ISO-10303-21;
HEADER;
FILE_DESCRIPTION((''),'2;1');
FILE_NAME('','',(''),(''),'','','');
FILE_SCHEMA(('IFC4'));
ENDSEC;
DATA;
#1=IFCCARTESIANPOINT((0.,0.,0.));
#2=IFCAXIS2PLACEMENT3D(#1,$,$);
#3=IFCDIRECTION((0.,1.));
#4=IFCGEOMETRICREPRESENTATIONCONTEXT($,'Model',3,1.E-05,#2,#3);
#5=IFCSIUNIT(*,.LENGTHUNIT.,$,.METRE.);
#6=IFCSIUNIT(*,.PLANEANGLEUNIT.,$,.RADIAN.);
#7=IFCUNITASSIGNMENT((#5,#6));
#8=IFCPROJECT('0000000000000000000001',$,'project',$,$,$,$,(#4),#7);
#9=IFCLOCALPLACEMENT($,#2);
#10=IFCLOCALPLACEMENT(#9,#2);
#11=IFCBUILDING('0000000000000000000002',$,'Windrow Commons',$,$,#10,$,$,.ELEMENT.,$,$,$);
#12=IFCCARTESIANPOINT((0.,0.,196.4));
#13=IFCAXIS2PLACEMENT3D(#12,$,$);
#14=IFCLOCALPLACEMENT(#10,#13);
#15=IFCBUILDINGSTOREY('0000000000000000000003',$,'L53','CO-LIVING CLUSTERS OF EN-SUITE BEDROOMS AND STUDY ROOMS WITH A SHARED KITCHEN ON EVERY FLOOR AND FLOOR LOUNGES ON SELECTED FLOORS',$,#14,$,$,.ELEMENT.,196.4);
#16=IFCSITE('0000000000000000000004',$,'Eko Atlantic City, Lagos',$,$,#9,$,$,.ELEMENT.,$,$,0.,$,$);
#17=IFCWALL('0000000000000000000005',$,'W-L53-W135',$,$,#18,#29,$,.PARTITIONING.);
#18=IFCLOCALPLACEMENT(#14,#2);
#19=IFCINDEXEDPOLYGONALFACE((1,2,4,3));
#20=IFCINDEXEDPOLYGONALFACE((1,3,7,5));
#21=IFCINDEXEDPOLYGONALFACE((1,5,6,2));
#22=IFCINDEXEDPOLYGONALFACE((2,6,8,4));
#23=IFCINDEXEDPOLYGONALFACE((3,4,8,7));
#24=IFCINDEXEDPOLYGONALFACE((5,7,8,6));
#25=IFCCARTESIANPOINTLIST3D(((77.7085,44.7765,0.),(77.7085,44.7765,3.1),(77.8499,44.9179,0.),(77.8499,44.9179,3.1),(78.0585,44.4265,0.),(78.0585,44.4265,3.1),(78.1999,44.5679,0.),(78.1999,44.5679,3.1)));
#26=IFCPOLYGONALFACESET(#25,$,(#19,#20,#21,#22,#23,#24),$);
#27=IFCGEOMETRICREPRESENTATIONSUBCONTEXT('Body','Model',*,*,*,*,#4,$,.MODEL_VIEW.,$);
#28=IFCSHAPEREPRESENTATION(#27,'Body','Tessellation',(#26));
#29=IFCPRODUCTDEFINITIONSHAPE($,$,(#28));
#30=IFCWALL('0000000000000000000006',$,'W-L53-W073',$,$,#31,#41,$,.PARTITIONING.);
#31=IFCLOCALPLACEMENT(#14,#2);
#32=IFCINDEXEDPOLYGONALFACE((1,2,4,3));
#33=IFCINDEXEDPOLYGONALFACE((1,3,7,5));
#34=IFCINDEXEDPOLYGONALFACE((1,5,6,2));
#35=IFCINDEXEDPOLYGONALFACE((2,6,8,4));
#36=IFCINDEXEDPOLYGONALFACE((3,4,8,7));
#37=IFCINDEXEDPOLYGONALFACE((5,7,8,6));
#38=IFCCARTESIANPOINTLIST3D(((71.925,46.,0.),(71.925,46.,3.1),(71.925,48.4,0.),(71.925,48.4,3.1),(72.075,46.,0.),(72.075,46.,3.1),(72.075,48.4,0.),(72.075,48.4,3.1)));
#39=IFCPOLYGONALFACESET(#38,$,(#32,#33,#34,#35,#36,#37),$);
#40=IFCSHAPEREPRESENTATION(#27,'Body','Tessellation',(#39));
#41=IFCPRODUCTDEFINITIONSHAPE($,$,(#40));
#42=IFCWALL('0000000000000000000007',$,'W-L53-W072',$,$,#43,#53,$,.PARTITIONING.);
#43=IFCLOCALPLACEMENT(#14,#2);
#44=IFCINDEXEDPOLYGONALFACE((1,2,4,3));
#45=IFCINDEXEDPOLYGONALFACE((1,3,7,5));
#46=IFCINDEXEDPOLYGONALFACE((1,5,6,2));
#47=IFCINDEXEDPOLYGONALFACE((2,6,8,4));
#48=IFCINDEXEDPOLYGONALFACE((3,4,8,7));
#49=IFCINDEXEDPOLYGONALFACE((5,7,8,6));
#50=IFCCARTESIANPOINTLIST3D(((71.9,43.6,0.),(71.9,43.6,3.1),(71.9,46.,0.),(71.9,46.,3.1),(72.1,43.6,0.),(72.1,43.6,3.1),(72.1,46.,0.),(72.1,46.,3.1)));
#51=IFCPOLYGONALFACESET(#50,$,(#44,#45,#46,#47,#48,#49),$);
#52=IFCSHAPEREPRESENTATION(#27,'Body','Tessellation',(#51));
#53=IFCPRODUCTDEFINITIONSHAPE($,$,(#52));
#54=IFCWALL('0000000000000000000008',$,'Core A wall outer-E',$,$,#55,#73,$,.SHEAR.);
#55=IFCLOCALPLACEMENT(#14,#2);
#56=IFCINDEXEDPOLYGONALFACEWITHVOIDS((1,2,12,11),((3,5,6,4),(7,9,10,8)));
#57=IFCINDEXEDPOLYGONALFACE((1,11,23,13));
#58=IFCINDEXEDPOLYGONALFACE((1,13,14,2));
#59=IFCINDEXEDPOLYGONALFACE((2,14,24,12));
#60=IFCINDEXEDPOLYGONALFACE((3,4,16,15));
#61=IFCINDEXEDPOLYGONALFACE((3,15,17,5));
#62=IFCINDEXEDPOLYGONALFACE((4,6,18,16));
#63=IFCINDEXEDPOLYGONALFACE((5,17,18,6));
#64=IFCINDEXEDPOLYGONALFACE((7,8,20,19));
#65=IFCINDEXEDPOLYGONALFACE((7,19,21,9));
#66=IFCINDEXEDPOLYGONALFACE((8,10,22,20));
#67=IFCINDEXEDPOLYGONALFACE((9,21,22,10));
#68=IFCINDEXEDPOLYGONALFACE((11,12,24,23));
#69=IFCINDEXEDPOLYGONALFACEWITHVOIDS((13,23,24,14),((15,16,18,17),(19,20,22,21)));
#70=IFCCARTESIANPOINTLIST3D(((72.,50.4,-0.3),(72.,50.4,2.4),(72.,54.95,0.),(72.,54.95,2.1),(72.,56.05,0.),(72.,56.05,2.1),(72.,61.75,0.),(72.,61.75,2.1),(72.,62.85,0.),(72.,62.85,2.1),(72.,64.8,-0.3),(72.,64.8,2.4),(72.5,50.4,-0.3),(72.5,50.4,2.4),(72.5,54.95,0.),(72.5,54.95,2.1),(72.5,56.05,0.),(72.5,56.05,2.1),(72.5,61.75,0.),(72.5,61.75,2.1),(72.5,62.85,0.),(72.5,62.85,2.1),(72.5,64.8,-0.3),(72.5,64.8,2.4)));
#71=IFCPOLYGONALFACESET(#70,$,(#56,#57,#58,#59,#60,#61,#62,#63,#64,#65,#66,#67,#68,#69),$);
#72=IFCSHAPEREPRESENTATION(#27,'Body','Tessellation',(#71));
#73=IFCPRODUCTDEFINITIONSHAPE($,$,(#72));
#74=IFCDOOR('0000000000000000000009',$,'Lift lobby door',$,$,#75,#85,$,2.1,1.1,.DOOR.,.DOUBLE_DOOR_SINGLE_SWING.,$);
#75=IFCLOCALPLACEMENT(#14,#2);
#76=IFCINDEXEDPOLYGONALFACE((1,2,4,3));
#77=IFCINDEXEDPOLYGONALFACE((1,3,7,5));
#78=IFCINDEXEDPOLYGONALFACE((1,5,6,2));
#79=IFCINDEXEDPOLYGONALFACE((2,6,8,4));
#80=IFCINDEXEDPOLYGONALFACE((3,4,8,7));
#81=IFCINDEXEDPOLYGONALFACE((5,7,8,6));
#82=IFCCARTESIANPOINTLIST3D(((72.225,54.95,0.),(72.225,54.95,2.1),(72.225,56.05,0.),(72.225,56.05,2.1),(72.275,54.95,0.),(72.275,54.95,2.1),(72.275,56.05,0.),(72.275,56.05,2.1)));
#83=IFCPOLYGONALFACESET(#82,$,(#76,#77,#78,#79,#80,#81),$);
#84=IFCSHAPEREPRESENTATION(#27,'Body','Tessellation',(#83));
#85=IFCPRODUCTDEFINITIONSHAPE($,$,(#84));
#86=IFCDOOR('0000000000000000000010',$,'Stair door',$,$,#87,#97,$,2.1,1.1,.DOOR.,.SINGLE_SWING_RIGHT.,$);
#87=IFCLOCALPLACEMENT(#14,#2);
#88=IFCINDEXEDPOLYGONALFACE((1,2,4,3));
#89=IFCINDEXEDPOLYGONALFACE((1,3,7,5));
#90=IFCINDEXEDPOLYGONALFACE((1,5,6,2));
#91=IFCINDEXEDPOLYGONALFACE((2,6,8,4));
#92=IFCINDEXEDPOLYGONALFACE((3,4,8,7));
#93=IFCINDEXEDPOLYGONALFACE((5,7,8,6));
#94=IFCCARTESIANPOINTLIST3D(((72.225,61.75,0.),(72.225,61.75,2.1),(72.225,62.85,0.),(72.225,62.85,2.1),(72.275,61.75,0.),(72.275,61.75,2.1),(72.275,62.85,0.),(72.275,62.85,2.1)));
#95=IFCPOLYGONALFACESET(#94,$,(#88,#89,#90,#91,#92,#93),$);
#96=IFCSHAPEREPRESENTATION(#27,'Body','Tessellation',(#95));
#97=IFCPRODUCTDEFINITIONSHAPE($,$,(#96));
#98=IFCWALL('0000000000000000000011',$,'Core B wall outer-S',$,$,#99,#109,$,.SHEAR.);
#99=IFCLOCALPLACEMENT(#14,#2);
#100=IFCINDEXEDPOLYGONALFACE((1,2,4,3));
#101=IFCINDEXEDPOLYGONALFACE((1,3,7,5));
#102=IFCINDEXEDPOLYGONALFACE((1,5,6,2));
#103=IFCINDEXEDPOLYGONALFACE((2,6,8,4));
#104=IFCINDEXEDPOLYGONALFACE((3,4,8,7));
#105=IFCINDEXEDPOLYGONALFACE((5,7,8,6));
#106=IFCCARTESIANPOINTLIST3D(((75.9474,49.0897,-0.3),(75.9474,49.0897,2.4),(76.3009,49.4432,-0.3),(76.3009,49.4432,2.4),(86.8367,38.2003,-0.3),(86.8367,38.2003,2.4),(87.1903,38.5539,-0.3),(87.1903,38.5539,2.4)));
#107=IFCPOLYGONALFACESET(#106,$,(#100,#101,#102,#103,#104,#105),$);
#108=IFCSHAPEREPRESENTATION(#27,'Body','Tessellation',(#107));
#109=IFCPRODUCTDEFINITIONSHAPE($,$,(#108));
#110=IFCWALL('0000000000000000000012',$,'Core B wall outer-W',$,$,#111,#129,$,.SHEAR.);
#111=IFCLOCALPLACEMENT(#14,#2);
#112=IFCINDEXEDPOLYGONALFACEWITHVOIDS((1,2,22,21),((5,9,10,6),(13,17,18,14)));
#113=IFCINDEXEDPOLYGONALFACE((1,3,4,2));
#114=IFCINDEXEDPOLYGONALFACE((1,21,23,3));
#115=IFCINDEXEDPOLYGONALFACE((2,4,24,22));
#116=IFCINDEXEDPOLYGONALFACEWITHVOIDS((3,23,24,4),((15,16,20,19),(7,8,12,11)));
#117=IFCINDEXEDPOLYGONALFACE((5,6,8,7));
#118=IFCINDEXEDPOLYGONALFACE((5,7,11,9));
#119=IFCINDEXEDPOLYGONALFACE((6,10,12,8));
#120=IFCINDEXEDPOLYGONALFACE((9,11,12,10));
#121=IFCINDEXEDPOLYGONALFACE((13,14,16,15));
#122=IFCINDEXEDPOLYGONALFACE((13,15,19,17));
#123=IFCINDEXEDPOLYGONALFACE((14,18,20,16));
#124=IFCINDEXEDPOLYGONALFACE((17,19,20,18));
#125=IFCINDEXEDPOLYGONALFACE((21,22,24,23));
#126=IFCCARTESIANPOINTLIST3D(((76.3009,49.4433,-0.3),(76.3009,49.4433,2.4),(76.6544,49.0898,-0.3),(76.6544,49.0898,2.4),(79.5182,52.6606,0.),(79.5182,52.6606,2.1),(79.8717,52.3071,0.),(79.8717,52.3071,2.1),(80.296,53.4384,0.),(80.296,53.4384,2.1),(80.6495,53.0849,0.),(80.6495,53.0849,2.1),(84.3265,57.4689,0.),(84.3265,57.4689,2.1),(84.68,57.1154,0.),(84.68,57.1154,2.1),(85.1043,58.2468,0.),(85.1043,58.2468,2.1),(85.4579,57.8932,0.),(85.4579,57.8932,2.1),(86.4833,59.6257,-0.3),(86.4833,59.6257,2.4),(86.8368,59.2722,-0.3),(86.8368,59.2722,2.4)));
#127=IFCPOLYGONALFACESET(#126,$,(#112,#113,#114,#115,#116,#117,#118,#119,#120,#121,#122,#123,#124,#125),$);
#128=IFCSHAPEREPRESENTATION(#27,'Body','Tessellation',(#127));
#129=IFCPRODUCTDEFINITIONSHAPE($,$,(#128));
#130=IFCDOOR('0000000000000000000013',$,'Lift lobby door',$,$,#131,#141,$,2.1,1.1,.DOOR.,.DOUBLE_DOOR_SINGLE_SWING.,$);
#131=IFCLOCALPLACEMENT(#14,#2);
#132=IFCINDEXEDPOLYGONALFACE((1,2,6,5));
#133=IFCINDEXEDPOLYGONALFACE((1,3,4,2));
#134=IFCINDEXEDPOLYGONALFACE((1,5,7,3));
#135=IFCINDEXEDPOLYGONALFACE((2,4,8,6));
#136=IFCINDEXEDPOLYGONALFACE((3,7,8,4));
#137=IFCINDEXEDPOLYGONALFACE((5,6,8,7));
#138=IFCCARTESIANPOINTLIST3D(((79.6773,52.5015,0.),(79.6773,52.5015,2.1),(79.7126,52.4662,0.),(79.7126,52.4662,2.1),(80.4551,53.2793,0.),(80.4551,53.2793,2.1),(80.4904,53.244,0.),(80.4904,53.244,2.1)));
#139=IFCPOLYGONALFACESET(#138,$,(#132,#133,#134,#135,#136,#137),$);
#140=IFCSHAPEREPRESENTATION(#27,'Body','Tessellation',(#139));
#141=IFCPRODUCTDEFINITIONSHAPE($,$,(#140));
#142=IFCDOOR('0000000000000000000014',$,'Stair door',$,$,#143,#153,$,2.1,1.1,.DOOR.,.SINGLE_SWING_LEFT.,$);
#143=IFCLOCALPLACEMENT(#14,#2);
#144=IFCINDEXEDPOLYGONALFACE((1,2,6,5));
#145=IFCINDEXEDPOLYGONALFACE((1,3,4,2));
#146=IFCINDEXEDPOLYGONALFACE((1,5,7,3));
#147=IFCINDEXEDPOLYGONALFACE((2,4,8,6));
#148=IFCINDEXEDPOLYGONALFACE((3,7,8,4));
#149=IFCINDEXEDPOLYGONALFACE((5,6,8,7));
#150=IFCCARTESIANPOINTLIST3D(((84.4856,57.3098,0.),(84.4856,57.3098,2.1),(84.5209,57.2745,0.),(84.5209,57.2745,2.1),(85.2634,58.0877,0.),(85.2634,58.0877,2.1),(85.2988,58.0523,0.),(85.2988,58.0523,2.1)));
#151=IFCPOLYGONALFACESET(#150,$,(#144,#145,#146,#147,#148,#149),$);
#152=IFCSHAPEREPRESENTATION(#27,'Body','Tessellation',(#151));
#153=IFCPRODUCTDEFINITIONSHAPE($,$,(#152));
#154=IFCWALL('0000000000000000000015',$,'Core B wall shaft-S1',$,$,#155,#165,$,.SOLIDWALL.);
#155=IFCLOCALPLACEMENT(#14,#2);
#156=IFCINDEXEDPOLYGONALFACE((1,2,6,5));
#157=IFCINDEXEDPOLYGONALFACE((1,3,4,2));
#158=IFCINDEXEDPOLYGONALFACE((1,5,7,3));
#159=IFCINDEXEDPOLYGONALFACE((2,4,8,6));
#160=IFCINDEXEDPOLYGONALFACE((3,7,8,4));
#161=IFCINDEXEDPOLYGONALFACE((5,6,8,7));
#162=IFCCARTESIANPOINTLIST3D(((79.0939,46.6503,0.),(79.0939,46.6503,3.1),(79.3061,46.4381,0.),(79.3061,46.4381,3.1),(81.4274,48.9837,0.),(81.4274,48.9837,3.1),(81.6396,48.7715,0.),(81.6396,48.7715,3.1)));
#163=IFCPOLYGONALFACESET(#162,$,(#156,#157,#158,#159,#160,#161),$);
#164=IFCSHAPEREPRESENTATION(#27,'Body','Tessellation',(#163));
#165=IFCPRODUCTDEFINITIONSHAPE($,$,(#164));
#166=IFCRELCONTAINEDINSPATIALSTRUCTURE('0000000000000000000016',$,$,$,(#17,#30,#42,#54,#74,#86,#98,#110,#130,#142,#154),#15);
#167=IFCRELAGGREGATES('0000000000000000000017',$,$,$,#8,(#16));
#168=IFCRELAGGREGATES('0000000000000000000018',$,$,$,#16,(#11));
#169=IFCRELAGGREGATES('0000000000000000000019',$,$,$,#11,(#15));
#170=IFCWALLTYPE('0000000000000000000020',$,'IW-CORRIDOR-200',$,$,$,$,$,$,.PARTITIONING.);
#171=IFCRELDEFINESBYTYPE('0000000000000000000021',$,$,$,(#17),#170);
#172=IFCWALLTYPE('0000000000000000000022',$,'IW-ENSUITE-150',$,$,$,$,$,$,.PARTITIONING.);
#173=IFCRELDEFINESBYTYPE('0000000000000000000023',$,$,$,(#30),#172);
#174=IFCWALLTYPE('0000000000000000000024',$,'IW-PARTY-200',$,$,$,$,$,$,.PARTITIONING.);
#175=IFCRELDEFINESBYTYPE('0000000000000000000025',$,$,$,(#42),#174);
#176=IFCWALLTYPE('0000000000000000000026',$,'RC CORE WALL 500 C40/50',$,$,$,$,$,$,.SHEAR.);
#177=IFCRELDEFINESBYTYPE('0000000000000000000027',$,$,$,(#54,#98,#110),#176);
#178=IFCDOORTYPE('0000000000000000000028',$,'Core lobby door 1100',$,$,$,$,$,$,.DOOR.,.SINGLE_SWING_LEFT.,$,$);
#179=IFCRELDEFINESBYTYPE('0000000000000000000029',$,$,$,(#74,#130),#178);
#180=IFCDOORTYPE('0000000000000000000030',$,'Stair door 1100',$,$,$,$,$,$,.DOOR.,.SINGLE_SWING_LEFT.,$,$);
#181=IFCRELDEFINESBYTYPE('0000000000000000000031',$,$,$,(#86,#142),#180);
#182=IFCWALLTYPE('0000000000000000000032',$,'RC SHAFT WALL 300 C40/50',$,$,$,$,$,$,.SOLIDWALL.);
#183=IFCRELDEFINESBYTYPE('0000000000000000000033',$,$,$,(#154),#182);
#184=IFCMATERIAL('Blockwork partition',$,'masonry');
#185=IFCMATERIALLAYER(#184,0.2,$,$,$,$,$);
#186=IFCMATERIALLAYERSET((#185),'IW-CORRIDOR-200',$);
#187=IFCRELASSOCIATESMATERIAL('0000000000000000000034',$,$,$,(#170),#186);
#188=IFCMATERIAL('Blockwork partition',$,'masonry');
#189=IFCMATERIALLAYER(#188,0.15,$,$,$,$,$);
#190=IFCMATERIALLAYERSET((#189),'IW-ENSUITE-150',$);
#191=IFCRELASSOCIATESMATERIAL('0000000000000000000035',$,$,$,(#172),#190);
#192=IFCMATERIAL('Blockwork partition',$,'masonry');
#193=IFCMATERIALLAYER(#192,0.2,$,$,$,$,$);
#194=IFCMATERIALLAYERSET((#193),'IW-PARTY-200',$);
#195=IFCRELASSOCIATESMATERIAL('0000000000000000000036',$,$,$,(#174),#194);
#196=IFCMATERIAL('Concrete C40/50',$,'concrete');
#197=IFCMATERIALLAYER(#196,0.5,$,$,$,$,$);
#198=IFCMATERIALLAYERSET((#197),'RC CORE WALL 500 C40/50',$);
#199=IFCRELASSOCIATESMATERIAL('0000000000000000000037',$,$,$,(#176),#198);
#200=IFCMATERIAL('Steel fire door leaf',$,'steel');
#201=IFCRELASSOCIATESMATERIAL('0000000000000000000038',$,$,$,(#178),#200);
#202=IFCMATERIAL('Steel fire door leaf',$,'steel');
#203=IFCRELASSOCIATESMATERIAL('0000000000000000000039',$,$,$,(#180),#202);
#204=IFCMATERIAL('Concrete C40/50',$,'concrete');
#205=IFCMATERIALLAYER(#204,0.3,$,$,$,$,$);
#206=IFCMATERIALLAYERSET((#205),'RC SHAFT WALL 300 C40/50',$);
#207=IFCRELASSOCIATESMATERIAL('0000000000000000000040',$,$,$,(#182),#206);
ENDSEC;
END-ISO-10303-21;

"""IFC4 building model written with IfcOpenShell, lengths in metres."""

from ifc_helpers import new_model, si_unit, direction, frame, frame_2d, origin, place, context, subcontext, project, spatial, rectangle, extrude, material, layer, layer_set, type_object, element, fill, save


model = new_model("IFC4")

# Units and contexts
model_context = context("Model", 3, precision=1e-05, world=origin(), true_north=direction((0.0, 1.0)))
body_context = subcontext(model_context, "Body", "Model", "MODEL_VIEW")
ifc_project = project(units=[si_unit("LENGTHUNIT", "METRE"), si_unit("PLANEANGLEUNIT", "RADIAN")], contexts=[model_context])

# Site, building, storey
site_placement = place(None, origin())
site = spatial("IfcSite", under=ifc_project, at=site_placement, Name="Eko Atlantic City, Lagos", CompositionType="ELEMENT", RefElevation=0.0)
building_placement = place(site_placement, origin())
building = spatial("IfcBuilding", under=site, at=building_placement, Name="Windrow Commons", CompositionType="ELEMENT")
storey_placement = place(building_placement, frame((0.0, 0.0, 196.4)))
storey = spatial("IfcBuildingStorey", under=building, at=storey_placement, Name="L53", Description="CO-LIVING CLUSTERS OF EN-SUITE BEDROOMS AND STUDY ROOMS WITH A SHARED KITCHEN ON EVERY FLOOR AND FLOOR LOUNGES ON SELECTED FLOORS", CompositionType="ELEMENT", Elevation=196.4)

# Shared definitions
ifc_material_1 = material(Name="Blockwork partition", Category="masonry")
ifc_layer_1 = layer(ifc_material_1, 0.2)
ifc_layer_set_1 = layer_set([ifc_layer_1], Name="IW-CORRIDOR-200")
wall_type_1 = type_object("IfcWallType", Name="IW-CORRIDOR-200", PredefinedType="PARTITIONING", material=ifc_layer_set_1)

# Walls
wall_1_placement = place(storey_placement, frame((77.7792, 44.8472, 0.0), z_axis=(0.0, 0.0, 1.0), x_axis=(0.707107, -0.707107, 0.0)))
element("IfcWall", 1, at=wall_1_placement, inside=storey, type_object=wall_type_1, Name="W-L53-W135", PredefinedType="PARTITIONING", context=body_context, shape_type="SweptSolid", body=[
    extrude(rectangle(XDim=0.495, YDim=0.2, at=frame_2d((0.2475, 0.0))), origin(), (0.0, 0.0, 1.0), 3.1),
])
ifc_material_2 = material(Name="Blockwork partition", Category="masonry")
ifc_layer_2 = layer(ifc_material_2, 0.15)
ifc_layer_set_2 = layer_set([ifc_layer_2], Name="IW-ENSUITE-150")
wall_type_2 = type_object("IfcWallType", Name="IW-ENSUITE-150", PredefinedType="PARTITIONING", material=ifc_layer_set_2)
wall_2_placement = place(storey_placement, frame((72.0, 46.0, 0.0), z_axis=(0.0, 0.0, 1.0), x_axis=(0.0, 1.0, 0.0)))
element("IfcWall", 2, at=wall_2_placement, inside=storey, type_object=wall_type_2, Name="W-L53-W073", PredefinedType="PARTITIONING", context=body_context, shape_type="SweptSolid", body=[
    extrude(rectangle(XDim=2.4, YDim=0.15, at=frame_2d((1.2, 0.0))), origin(), (0.0, 0.0, 1.0), 3.1),
])
ifc_material_3 = material(Name="Blockwork partition", Category="masonry")
ifc_layer_3 = layer(ifc_material_3, 0.2)
ifc_layer_set_3 = layer_set([ifc_layer_3], Name="IW-PARTY-200")
wall_type_3 = type_object("IfcWallType", Name="IW-PARTY-200", PredefinedType="PARTITIONING", material=ifc_layer_set_3)
wall_3_placement = place(storey_placement, frame((72.0, 43.6, 0.0), z_axis=(0.0, 0.0, 1.0), x_axis=(0.0, 1.0, 0.0)))
element("IfcWall", 3, at=wall_3_placement, inside=storey, type_object=wall_type_3, Name="W-L53-W072", PredefinedType="PARTITIONING", context=body_context, shape_type="SweptSolid", body=[
    extrude(rectangle(XDim=2.4, YDim=0.2, at=frame_2d((1.2, 0.0))), origin(), (0.0, 0.0, 1.0), 3.1),
])

# Wall, openings, doors
ifc_material_4 = material(Name="Concrete C40/50", Category="concrete")
ifc_layer_4 = layer(ifc_material_4, 0.5)
ifc_layer_set_4 = layer_set([ifc_layer_4], Name="RC CORE WALL 500 C40/50")
wall_type_4 = type_object("IfcWallType", Name="RC CORE WALL 500 C40/50", PredefinedType="SHEAR", material=ifc_layer_set_4)
wall_4_placement = place(storey_placement, frame((72.25, 50.4, -0.3), z_axis=(0.0, 0.0, 1.0), x_axis=(0.0, 1.0, 0.0)))
wall_4 = element("IfcWall", 4, at=wall_4_placement, inside=storey, type_object=wall_type_4, Name="Core A wall outer-E", PredefinedType="SHEAR", context=body_context, shape_type="SweptSolid", body=[
    extrude(rectangle(XDim=14.4, YDim=0.5, at=frame_2d((7.2, 0.0))), origin(), (0.0, 0.0, 1.0), 2.7),
])
opening_1_placement = place(wall_4_placement, frame((4.55, 0.0, 0.3)))
opening_1 = element("IfcOpeningElement", 5, at=opening_1_placement, cuts=wall_4, PredefinedType="OPENING", context=body_context, shape_type="SweptSolid", body=[
    extrude(rectangle(XDim=1.1, YDim=2.1, at=frame_2d((0.55, 1.05))), frame((0.0, 0.26, 0.0), z_axis=(0.0, -1.0, 0.0), x_axis=(1.0, 0.0, 0.0)), (0.0, 0.0, 1.0), 0.52),
])
opening_2_placement = place(wall_4_placement, frame((11.35, 0.0, 0.3)))
opening_2 = element("IfcOpeningElement", 6, at=opening_2_placement, cuts=wall_4, PredefinedType="OPENING", context=body_context, shape_type="SweptSolid", body=[
    extrude(rectangle(XDim=1.1, YDim=2.1, at=frame_2d((0.55, 1.05))), frame((0.0, 0.26, 0.0), z_axis=(0.0, -1.0, 0.0), x_axis=(1.0, 0.0, 0.0)), (0.0, 0.0, 1.0), 0.52),
])
ifc_material_5 = material(Name="Steel fire door leaf", Category="steel")
door_type_1 = type_object("IfcDoorType", Name="Core lobby door 1100", OperationType="SINGLE_SWING_LEFT", PredefinedType="DOOR", material=ifc_material_5)
door_1_placement = place(opening_1_placement, origin())
door_1 = element("IfcDoor", 7, at=door_1_placement, inside=storey, type_object=door_type_1, Name="Lift lobby door", OperationType="DOUBLE_DOOR_SINGLE_SWING", OverallHeight=2.1, OverallWidth=1.1, PredefinedType="DOOR", context=body_context, shape_type="SweptSolid", body=[
    extrude(rectangle(XDim=1.1, YDim=2.1, at=frame_2d((0.55, 1.05))), frame((0.0, 0.025, 0.0), z_axis=(0.0, -1.0, 0.0), x_axis=(1.0, 0.0, 0.0)), (0.0, 0.0, 1.0), 0.05),
])
fill(opening_1, door_1)
ifc_material_6 = material(Name="Steel fire door leaf", Category="steel")
door_type_2 = type_object("IfcDoorType", Name="Stair door 1100", OperationType="SINGLE_SWING_LEFT", PredefinedType="DOOR", material=ifc_material_6)
door_2_placement = place(opening_2_placement, origin())
door_2 = element("IfcDoor", 8, at=door_2_placement, inside=storey, type_object=door_type_2, Name="Stair door", OperationType="SINGLE_SWING_RIGHT", OverallHeight=2.1, OverallWidth=1.1, PredefinedType="DOOR", context=body_context, shape_type="SweptSolid", body=[
    extrude(rectangle(XDim=1.1, YDim=2.1, at=frame_2d((0.55, 1.05))), frame((0.0, 0.025, 0.0), z_axis=(0.0, -1.0, 0.0), x_axis=(1.0, 0.0, 0.0)), (0.0, 0.0, 1.0), 0.05),
])
fill(opening_2, door_2)

# Wall
wall_5_placement = place(storey_placement, frame((76.1241, 49.2665, -0.3), z_axis=(0.0, 0.0, 1.0), x_axis=(0.707107, -0.707107, 0.0)))
element("IfcWall", 9, at=wall_5_placement, inside=storey, type_object=wall_type_4, Name="Core B wall outer-S", PredefinedType="SHEAR", context=body_context, shape_type="SweptSolid", body=[
    extrude(rectangle(XDim=15.3999, YDim=0.5, at=frame_2d((7.7, 0.0))), origin(), (0.0, 0.0, 1.0), 2.7),
])

# Wall, openings, doors
wall_6_placement = place(storey_placement, frame((76.4776, 49.2665, -0.3), z_axis=(0.0, 0.0, 1.0), x_axis=(0.707107, 0.707107, 0.0)))
wall_6 = element("IfcWall", 10, at=wall_6_placement, inside=storey, type_object=wall_type_4, Name="Core B wall outer-W", PredefinedType="SHEAR", context=body_context, shape_type="SweptSolid", body=[
    extrude(rectangle(XDim=14.4001, YDim=0.5, at=frame_2d((7.2001, 0.0))), origin(), (0.0, 0.0, 1.0), 2.7),
])
opening_3_placement = place(wall_6_placement, frame((4.55, 0.0, 0.3)))
opening_3 = element("IfcOpeningElement", 11, at=opening_3_placement, cuts=wall_6, PredefinedType="OPENING", context=body_context, shape_type="SweptSolid", body=[
    extrude(rectangle(XDim=1.1, YDim=2.1, at=frame_2d((0.55, 1.05))), frame((0.0, 0.26, 0.0), z_axis=(0.0, -1.0, 0.0), x_axis=(1.0, 0.0, 0.0)), (0.0, 0.0, 1.0), 0.52),
])
opening_4_placement = place(wall_6_placement, frame((11.35, 0.0, 0.3)))
opening_4 = element("IfcOpeningElement", 12, at=opening_4_placement, cuts=wall_6, PredefinedType="OPENING", context=body_context, shape_type="SweptSolid", body=[
    extrude(rectangle(XDim=1.1, YDim=2.1, at=frame_2d((0.55, 1.05))), frame((0.0, 0.26, 0.0), z_axis=(0.0, -1.0, 0.0), x_axis=(1.0, 0.0, 0.0)), (0.0, 0.0, 1.0), 0.52),
])
door_3_placement = place(opening_3_placement, origin())
door_3 = element("IfcDoor", 13, at=door_3_placement, inside=storey, type_object=door_type_1, Name="Lift lobby door", OperationType="DOUBLE_DOOR_SINGLE_SWING", OverallHeight=2.1, OverallWidth=1.1, PredefinedType="DOOR", context=body_context, shape_type="SweptSolid", body=[
    extrude(rectangle(XDim=1.1, YDim=2.1, at=frame_2d((0.55, 1.05))), frame((0.0, 0.025, 0.0), z_axis=(0.0, -1.0, 0.0), x_axis=(1.0, 0.0, 0.0)), (0.0, 0.0, 1.0), 0.05),
])
fill(opening_3, door_3)
door_4_placement = place(opening_4_placement, origin())
door_4 = element("IfcDoor", 14, at=door_4_placement, inside=storey, type_object=door_type_2, Name="Stair door", OperationType="SINGLE_SWING_LEFT", OverallHeight=2.1, OverallWidth=1.1, PredefinedType="DOOR", context=body_context, shape_type="SweptSolid", body=[
    extrude(rectangle(XDim=1.1, YDim=2.1, at=frame_2d((0.55, 1.05))), frame((0.0, 0.025, 0.0), z_axis=(0.0, -1.0, 0.0), x_axis=(1.0, 0.0, 0.0)), (0.0, 0.0, 1.0), 0.05),
])
fill(opening_4, door_4)

# Wall
ifc_material_7 = material(Name="Concrete C40/50", Category="concrete")
ifc_layer_5 = layer(ifc_material_7, 0.3)
ifc_layer_set_5 = layer_set([ifc_layer_5], Name="RC SHAFT WALL 300 C40/50")
wall_type_5 = type_object("IfcWallType", Name="RC SHAFT WALL 300 C40/50", PredefinedType="SOLIDWALL", material=ifc_layer_set_5)
wall_7_placement = place(storey_placement, frame((79.2, 46.5442, 0.0), z_axis=(0.0, 0.0, 1.0), x_axis=(0.707122, 0.707092, 0.0)))
element("IfcWall", 15, at=wall_7_placement, inside=storey, type_object=wall_type_5, Name="Core B wall shaft-S1", PredefinedType="SOLIDWALL", context=body_context, shape_type="SweptSolid", body=[
    extrude(rectangle(XDim=3.3, YDim=0.3, at=frame_2d((1.65, 0.0))), origin(), (0.0, 0.0, 1.0), 3.1),
])

save(model, "model.ifc")
